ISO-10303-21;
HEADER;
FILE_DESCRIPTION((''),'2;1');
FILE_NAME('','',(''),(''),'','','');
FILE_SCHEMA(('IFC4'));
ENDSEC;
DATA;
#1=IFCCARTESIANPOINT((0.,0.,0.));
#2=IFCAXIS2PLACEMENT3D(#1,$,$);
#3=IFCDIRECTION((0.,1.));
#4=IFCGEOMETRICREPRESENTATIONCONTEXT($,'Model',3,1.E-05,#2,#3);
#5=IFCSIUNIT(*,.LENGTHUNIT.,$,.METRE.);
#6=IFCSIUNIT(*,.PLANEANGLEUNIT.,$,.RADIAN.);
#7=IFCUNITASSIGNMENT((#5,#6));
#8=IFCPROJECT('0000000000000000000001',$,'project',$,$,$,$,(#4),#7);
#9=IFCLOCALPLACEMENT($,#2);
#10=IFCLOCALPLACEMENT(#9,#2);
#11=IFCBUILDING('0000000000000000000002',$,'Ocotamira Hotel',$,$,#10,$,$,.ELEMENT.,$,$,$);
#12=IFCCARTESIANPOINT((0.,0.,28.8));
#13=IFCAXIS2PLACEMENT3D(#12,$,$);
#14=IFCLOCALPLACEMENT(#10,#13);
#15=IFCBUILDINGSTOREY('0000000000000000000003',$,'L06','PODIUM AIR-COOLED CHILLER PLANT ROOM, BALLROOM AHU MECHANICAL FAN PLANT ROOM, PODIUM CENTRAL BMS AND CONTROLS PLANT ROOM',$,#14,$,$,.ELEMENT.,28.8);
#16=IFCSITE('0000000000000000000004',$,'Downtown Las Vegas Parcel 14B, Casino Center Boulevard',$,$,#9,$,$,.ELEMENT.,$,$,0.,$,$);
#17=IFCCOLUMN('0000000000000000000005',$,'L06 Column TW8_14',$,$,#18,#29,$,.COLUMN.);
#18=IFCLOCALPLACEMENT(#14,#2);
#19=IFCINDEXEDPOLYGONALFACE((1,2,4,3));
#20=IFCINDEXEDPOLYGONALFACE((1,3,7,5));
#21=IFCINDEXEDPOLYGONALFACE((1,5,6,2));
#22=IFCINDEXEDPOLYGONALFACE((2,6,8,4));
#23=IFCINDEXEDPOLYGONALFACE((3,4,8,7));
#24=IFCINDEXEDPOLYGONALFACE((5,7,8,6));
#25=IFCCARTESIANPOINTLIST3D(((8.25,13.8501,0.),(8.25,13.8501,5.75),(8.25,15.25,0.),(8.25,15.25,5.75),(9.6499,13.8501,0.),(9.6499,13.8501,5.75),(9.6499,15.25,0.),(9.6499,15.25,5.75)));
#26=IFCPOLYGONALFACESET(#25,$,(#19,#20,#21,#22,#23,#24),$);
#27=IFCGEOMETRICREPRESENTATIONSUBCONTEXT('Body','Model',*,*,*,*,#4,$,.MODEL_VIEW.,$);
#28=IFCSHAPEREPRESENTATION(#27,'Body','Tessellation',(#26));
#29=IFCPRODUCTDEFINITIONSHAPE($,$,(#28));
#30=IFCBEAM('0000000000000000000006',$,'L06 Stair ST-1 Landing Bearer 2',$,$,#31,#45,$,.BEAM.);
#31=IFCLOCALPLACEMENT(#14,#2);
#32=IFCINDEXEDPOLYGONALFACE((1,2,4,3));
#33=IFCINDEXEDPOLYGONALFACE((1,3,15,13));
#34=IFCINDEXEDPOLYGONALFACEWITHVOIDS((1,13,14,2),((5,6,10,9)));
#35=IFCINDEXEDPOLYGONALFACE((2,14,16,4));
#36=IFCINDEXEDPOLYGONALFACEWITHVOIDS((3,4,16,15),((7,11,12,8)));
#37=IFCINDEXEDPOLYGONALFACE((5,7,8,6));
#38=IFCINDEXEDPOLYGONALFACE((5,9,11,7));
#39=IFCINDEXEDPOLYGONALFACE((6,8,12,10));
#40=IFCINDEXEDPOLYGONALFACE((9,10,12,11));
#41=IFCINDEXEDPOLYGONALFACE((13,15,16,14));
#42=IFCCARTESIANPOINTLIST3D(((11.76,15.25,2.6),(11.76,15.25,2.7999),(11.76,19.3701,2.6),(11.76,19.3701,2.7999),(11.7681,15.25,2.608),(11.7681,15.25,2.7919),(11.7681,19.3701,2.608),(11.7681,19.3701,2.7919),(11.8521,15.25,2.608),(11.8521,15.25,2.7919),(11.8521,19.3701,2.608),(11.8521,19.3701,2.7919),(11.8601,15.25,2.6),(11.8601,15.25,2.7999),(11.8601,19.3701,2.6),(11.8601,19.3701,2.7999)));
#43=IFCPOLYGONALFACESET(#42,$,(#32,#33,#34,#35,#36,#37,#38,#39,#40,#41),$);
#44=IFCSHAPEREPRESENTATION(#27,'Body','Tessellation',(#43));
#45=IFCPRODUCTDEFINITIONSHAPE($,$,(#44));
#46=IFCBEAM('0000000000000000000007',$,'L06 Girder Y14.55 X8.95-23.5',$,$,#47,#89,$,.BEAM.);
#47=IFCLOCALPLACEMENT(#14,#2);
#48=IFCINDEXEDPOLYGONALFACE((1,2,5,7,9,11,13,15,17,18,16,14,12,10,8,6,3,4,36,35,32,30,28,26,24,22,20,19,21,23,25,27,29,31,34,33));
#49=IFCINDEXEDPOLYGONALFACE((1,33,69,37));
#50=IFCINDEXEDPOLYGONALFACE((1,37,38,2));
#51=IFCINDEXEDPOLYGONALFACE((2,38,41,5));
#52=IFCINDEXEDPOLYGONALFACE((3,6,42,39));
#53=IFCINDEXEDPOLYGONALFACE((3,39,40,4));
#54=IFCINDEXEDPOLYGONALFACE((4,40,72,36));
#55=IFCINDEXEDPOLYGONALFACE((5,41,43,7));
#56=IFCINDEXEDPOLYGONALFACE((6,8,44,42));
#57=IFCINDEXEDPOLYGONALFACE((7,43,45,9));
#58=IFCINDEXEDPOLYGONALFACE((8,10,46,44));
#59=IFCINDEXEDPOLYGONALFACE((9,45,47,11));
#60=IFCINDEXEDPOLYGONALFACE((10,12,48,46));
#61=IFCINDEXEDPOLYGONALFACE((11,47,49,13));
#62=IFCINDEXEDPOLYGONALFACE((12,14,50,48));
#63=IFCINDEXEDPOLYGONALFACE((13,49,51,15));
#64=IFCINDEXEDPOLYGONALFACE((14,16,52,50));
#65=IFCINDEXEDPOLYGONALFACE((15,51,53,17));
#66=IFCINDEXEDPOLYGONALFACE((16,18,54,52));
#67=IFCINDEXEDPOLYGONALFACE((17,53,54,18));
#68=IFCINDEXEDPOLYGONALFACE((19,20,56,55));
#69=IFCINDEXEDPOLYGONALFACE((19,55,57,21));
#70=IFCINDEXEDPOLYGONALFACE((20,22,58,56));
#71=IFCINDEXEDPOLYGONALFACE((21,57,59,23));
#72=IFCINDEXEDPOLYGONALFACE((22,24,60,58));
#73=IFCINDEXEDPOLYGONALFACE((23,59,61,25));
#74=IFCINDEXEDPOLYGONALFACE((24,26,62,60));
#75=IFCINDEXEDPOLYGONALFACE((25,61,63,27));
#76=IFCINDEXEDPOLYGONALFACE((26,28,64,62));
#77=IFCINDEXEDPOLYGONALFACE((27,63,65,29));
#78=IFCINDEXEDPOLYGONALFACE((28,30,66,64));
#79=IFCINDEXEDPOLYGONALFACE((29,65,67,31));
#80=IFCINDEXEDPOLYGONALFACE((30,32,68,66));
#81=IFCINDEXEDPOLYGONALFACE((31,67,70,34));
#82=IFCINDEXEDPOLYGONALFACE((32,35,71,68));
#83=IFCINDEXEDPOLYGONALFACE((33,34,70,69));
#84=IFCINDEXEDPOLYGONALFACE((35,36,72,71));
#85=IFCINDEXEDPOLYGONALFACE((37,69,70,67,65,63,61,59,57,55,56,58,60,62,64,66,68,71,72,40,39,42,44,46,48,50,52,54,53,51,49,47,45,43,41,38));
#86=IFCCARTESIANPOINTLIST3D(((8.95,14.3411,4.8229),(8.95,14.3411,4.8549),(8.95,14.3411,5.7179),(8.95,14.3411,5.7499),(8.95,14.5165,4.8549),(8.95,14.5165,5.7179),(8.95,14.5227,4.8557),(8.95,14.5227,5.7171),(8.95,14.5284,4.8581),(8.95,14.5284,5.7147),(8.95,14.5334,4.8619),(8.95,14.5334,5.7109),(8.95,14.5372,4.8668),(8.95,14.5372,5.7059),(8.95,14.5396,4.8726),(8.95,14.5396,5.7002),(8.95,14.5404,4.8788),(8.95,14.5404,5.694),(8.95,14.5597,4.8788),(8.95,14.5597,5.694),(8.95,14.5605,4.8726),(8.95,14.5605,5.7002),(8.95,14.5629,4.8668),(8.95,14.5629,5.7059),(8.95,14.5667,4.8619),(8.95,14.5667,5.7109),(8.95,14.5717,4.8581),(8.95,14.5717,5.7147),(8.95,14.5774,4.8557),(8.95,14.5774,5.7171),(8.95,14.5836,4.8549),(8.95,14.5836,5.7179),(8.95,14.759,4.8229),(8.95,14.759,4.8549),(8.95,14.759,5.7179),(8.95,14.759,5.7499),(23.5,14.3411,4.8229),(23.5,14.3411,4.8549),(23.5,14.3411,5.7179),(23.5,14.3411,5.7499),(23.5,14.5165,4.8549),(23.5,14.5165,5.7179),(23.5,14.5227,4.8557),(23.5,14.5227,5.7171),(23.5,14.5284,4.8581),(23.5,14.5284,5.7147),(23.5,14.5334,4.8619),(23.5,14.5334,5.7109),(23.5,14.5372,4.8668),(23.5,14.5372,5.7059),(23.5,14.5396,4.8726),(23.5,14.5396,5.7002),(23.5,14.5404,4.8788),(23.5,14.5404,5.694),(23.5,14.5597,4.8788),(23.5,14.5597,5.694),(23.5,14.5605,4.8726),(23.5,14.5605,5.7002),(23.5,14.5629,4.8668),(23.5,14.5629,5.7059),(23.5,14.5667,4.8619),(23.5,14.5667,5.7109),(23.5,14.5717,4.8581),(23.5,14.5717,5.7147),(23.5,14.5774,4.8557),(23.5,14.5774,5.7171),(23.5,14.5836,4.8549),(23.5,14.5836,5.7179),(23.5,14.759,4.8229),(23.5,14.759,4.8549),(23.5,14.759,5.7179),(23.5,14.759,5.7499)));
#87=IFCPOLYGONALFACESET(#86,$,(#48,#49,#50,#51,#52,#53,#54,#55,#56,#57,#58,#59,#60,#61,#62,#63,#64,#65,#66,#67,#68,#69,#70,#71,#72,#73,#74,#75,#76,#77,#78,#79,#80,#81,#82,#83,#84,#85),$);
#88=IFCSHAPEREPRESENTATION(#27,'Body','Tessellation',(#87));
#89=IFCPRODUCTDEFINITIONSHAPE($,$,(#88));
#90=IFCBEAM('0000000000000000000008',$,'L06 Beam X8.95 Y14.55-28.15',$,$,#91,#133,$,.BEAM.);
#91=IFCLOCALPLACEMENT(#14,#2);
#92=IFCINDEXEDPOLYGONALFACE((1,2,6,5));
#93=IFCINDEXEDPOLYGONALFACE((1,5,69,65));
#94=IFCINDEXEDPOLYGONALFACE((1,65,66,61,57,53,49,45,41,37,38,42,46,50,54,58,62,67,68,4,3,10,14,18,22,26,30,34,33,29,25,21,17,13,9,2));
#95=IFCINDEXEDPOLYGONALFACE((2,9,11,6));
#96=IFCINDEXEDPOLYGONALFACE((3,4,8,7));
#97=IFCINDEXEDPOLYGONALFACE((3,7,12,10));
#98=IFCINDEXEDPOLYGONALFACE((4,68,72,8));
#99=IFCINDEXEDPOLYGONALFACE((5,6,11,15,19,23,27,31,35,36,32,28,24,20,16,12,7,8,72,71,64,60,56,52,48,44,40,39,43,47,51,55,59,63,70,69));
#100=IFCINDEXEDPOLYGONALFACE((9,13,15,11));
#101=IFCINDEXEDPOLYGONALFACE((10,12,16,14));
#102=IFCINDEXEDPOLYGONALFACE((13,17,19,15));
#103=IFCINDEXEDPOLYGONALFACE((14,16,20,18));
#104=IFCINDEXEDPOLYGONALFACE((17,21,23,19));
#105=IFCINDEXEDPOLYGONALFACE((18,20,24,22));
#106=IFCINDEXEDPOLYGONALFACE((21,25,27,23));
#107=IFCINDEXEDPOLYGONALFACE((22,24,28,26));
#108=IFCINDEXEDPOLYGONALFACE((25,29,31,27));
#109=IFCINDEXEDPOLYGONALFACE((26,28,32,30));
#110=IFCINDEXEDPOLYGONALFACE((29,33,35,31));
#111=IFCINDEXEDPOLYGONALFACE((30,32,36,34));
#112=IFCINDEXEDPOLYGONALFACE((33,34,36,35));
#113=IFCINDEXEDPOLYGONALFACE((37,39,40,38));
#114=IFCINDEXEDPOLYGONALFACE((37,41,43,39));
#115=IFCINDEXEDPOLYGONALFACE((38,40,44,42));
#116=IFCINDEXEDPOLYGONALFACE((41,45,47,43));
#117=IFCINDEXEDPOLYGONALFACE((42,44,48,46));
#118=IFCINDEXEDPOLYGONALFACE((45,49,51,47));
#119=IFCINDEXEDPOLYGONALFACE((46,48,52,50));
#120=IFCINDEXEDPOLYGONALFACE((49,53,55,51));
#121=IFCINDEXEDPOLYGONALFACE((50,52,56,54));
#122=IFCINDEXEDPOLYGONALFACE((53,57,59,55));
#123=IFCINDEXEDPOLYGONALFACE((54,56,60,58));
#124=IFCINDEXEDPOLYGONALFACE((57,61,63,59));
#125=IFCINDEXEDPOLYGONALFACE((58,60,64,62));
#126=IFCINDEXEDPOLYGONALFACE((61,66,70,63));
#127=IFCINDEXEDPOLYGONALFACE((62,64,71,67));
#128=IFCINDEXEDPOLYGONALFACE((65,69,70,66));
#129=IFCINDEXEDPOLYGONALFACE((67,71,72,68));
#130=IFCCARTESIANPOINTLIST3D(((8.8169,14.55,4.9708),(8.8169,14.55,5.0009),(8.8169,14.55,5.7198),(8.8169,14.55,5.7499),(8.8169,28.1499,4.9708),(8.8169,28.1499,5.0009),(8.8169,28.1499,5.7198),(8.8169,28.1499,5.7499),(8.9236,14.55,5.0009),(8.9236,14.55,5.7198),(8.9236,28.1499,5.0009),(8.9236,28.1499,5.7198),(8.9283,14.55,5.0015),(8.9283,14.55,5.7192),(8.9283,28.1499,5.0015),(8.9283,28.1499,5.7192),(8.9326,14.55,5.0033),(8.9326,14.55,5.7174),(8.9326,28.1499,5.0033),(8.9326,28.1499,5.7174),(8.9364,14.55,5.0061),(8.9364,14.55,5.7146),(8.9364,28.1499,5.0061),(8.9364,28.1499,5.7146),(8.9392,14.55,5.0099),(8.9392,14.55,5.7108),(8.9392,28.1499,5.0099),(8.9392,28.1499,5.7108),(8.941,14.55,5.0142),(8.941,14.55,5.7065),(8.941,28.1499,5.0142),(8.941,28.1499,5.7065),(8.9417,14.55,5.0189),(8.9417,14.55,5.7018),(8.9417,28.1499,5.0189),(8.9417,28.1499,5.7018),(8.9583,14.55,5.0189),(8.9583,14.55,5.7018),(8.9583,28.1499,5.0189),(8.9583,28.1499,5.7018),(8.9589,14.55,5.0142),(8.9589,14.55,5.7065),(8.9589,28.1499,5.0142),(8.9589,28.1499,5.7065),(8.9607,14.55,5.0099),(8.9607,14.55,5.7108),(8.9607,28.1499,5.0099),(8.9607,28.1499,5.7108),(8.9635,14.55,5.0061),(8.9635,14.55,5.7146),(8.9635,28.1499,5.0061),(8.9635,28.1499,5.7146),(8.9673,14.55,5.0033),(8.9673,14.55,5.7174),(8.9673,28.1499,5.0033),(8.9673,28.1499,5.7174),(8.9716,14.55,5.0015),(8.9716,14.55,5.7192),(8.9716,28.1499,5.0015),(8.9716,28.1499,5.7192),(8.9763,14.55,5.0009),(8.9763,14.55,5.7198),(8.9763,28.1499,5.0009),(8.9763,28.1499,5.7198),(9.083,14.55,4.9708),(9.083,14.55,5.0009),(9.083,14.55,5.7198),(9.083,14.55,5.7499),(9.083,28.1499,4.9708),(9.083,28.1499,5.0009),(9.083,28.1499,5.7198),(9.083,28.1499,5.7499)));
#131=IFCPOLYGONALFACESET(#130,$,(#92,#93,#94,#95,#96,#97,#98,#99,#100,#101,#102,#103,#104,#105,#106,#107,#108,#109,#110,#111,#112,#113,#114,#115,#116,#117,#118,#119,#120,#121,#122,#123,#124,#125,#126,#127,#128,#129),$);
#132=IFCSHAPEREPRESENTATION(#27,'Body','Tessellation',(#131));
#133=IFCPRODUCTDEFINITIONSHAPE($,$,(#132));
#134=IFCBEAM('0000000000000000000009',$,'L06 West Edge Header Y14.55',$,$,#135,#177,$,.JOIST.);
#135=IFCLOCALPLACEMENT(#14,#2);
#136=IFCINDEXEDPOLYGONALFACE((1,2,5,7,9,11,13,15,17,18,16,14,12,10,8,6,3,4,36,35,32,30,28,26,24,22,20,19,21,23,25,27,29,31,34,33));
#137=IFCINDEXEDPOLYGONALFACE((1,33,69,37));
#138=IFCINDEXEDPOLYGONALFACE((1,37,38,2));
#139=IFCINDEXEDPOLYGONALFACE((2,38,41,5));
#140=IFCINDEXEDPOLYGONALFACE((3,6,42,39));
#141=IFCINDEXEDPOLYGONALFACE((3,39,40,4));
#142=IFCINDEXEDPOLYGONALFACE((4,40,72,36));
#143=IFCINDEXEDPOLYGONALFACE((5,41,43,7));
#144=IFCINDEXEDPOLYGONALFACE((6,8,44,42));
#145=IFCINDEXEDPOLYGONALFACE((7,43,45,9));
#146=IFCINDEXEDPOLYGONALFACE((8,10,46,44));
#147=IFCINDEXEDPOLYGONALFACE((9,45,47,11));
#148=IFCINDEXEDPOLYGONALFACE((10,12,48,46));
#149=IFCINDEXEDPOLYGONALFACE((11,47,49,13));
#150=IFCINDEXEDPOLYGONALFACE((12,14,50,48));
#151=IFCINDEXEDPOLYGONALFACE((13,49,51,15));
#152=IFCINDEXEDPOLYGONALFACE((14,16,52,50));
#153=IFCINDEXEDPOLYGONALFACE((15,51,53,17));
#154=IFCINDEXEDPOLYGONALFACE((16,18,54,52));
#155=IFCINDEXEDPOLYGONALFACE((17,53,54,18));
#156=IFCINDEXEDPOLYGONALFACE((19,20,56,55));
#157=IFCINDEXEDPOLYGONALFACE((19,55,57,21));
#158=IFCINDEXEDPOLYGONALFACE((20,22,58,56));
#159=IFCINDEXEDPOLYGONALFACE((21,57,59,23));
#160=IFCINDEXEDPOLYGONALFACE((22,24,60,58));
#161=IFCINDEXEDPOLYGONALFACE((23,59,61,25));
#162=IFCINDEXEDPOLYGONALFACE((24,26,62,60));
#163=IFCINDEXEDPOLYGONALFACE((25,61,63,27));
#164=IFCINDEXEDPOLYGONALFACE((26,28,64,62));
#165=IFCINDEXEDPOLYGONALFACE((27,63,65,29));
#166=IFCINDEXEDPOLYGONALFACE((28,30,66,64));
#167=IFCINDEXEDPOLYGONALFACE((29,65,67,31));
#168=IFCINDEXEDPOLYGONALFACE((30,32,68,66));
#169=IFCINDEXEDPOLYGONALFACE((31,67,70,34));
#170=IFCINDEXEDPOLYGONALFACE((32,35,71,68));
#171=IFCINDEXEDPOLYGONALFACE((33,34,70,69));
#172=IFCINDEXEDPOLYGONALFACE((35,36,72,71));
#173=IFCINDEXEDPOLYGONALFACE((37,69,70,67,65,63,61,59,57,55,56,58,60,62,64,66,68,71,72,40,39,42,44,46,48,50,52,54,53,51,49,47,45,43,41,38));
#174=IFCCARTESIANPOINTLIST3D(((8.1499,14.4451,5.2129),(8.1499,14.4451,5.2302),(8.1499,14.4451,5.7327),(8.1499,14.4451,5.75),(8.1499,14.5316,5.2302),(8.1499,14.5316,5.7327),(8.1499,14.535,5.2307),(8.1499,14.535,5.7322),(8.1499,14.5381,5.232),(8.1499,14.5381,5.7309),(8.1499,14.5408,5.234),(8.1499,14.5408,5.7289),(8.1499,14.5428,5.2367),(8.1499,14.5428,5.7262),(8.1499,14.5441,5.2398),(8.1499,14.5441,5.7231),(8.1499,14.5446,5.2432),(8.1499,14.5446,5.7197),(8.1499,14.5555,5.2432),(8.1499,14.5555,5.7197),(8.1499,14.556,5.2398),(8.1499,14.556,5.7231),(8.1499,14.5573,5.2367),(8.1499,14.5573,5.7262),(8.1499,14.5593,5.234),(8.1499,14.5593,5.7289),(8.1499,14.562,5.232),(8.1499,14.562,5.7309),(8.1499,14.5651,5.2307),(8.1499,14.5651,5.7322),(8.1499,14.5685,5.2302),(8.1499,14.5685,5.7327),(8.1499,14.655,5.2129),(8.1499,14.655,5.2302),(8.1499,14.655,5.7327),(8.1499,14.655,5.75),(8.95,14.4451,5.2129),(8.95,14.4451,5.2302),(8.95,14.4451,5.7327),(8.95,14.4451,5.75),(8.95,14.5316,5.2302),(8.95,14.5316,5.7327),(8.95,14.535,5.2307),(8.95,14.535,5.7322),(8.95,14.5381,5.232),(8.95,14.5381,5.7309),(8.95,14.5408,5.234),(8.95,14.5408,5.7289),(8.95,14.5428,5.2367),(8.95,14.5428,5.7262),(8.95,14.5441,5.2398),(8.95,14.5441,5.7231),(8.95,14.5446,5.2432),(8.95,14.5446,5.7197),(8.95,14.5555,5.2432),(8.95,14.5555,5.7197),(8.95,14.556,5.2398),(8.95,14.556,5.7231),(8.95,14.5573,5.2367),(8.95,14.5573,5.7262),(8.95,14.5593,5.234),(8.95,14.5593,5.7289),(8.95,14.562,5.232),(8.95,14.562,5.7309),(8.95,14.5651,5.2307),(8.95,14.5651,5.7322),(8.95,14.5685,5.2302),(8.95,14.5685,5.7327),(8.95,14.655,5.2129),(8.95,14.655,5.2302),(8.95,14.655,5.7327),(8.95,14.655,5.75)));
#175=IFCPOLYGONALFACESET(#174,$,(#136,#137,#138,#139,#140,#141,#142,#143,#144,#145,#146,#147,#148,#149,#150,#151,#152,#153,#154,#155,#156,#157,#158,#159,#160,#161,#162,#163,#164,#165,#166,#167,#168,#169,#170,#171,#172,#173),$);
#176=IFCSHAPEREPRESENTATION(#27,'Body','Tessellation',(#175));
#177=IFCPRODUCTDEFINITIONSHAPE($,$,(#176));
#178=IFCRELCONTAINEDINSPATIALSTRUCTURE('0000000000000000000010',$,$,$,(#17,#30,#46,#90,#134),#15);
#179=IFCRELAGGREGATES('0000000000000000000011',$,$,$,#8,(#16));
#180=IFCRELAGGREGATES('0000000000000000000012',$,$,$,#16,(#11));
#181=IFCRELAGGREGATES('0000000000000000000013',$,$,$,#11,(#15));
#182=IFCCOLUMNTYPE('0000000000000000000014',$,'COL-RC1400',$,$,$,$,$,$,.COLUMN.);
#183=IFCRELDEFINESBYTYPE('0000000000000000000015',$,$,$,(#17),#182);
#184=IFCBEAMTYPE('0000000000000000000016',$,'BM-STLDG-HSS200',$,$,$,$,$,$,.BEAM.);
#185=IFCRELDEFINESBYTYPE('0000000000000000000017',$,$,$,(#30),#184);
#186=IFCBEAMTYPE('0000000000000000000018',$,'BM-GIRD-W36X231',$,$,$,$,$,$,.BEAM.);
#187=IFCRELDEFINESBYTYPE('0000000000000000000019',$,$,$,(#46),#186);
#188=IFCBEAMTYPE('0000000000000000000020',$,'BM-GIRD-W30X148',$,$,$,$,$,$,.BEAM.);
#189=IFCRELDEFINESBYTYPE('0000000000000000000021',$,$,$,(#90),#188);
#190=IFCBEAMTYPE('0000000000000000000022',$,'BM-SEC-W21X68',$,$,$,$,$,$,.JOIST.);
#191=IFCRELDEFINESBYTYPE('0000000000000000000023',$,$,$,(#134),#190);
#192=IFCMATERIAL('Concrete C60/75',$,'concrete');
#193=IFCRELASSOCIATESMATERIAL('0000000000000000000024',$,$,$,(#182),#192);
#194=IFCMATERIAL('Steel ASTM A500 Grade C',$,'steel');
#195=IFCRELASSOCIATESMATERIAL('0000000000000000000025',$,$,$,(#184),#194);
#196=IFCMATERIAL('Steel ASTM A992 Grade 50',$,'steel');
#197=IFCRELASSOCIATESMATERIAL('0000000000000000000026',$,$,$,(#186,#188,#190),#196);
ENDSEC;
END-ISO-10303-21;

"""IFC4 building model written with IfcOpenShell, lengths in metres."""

from ifc_helpers import new_model, si_unit, direction, frame, origin, origin_2d, place, context, subcontext, project, spatial, rectangle, hollow_rectangle, i_section, extrude, source, transform, mapped, material, material_profile, profile_set, type_object, element, save


model = new_model("IFC4")

# Units and contexts
model_context = context("Model", 3, precision=1e-05, world=origin(), true_north=direction((0.0, 1.0)))
body_context = subcontext(model_context, "Body", "Model", "MODEL_VIEW")
ifc_project = project(units=[si_unit("LENGTHUNIT", "METRE"), si_unit("PLANEANGLEUNIT", "RADIAN")], contexts=[model_context])

# Site, building, storey
site_placement = place(None, origin())
site = spatial("IfcSite", under=ifc_project, at=site_placement, Name="Downtown Las Vegas Parcel 14B, Casino Center Boulevard", CompositionType="ELEMENT", RefElevation=0.0)
building_placement = place(site_placement, origin())
building = spatial("IfcBuilding", under=site, at=building_placement, Name="Ocotamira Hotel", CompositionType="ELEMENT")
storey_placement = place(building_placement, frame((0.0, 0.0, 28.8)))
storey = spatial("IfcBuildingStorey", under=building, at=storey_placement, Name="L06", Description="PODIUM AIR-COOLED CHILLER PLANT ROOM, BALLROOM AHU MECHANICAL FAN PLANT ROOM, PODIUM CENTRAL BMS AND CONTROLS PLANT ROOM", CompositionType="ELEMENT", Elevation=28.8)

# Column
ifc_material_1 = material(Name="Concrete C60/75", Category="concrete")
ifc_material_profile_1 = material_profile(ifc_material_1, rectangle(XDim=1.3999, YDim=1.3999, at=origin_2d()), Name="RC1400X1400")
ifc_profile_set_1 = profile_set([ifc_material_profile_1], Name="Concrete C60/75")
column_type = type_object("IfcColumnType", Name="COL-RC1400", PredefinedType="COLUMN", material=ifc_profile_set_1)
shared_shape_1 = source(origin(), body_context, "Body", "SweptSolid", [
    extrude(rectangle(XDim=1.3999, YDim=1.3999, at=origin_2d()), origin(), (0.0, 0.0, 1.0), 5.75),
])
column_placement = place(storey_placement, frame((8.95, 14.55, 0.0), z_axis=(0.0, 0.0, 1.0), x_axis=(1.0, 0.0, 0.0)))
element("IfcColumn", 1, at=column_placement, inside=storey, type_object=column_type, Name="L06 Column TW8_14", PredefinedType="COLUMN", context=body_context, shape_type="MappedRepresentation", body=[
    mapped(shared_shape_1, transform((0.0, 0.0, 0.0), scale=1.0)),
])

# Beams
ifc_material_2 = material(Name="Steel ASTM A500 Grade C", Category="steel")
ifc_material_profile_2 = material_profile(ifc_material_2, hollow_rectangle(XDim=0.1001, YDim=0.2, WallThickness=0.0081, at=origin_2d()), Name="HSS200X100X8")
ifc_profile_set_2 = profile_set([ifc_material_profile_2], Name="Steel ASTM A500 Grade C")
beam_type_1 = type_object("IfcBeamType", Name="BM-STLDG-HSS200", PredefinedType="BEAM", material=ifc_profile_set_2)
shared_shape_2 = source(origin(), body_context, "Body", "SweptSolid", [
    extrude(hollow_rectangle(XDim=0.1001, YDim=0.2, WallThickness=0.0081, at=origin_2d()), origin(), (0.0, 0.0, 1.0), 4.1201),
])
beam_1_placement = place(storey_placement, frame((11.8101, 15.25, 2.7), z_axis=(0.0, 1.0, 0.0), x_axis=(-1.0, 0.0, 0.0)))
element("IfcBeam", 2, at=beam_1_placement, inside=storey, type_object=beam_type_1, Name="L06 Stair ST-1 Landing Bearer 2", PredefinedType="BEAM", context=body_context, shape_type="MappedRepresentation", body=[
    mapped(shared_shape_2, transform((0.0, 0.0, 0.0), scale=1.0)),
])
ifc_material_3 = material(Name="Steel ASTM A992 Grade 50", Category="steel")
ifc_material_profile_3 = material_profile(ifc_material_3, i_section(OverallWidth=0.418, OverallDepth=0.927, WebThickness=0.0193, FlangeThickness=0.032, FilletRadius=0.0239, at=origin_2d()), Name="W36X231")
ifc_profile_set_3 = profile_set([ifc_material_profile_3], Name="Steel ASTM A992 Grade 50")
beam_type_2 = type_object("IfcBeamType", Name="BM-GIRD-W36X231", PredefinedType="BEAM", material=ifc_profile_set_3)
shared_shape_3 = source(origin(), body_context, "Body", "SweptSolid", [
    extrude(i_section(OverallWidth=0.418, OverallDepth=0.927, WebThickness=0.0193, FlangeThickness=0.032, FilletRadius=0.0239, at=origin_2d()), origin(), (0.0, 0.0, 1.0), 14.55),
])
beam_2_placement = place(storey_placement, frame((8.95, 14.55, 5.2864), z_axis=(1.0, 0.0, 0.0), x_axis=(0.0, 1.0, 0.0)))
element("IfcBeam", 3, at=beam_2_placement, inside=storey, type_object=beam_type_2, Name="L06 Girder Y14.55 X8.95-23.5", PredefinedType="BEAM", context=body_context, shape_type="MappedRepresentation", body=[
    mapped(shared_shape_3, transform((0.0, 0.0, 0.0), scale=1.0)),
])
ifc_material_profile_4 = material_profile(ifc_material_3, i_section(OverallWidth=0.2661, OverallDepth=0.7791, WebThickness=0.0166, FlangeThickness=0.03, FilletRadius=0.0181, at=origin_2d()), Name="W30X148")
ifc_profile_set_4 = profile_set([ifc_material_profile_4], Name="Steel ASTM A992 Grade 50")
beam_type_3 = type_object("IfcBeamType", Name="BM-GIRD-W30X148", PredefinedType="BEAM", material=ifc_profile_set_4)
shared_shape_4 = source(origin(), body_context, "Body", "SweptSolid", [
    extrude(i_section(OverallWidth=0.2661, OverallDepth=0.7791, WebThickness=0.0166, FlangeThickness=0.03, FilletRadius=0.0181, at=origin_2d()), origin(), (0.0, 0.0, 1.0), 13.5999),
])
beam_3_placement = place(storey_placement, frame((8.95, 14.55, 5.3604), z_axis=(0.0, 1.0, 0.0), x_axis=(-1.0, 0.0, 0.0)))
element("IfcBeam", 4, at=beam_3_placement, inside=storey, type_object=beam_type_3, Name="L06 Beam X8.95 Y14.55-28.15", PredefinedType="BEAM", context=body_context, shape_type="MappedRepresentation", body=[
    mapped(shared_shape_4, transform((0.0, 0.0, 0.0), scale=1.0)),
])
ifc_material_profile_5 = material_profile(ifc_material_3, i_section(OverallWidth=0.21, OverallDepth=0.5371, WebThickness=0.011, FlangeThickness=0.0173, FilletRadius=0.0129, at=origin_2d()), Name="W21X68")
ifc_profile_set_5 = profile_set([ifc_material_profile_5], Name="Steel ASTM A992 Grade 50")
beam_type_4 = type_object("IfcBeamType", Name="BM-SEC-W21X68", PredefinedType="JOIST", material=ifc_profile_set_5)
shared_shape_5 = source(origin(), body_context, "Body", "SweptSolid", [
    extrude(i_section(OverallWidth=0.21, OverallDepth=0.5371, WebThickness=0.011, FlangeThickness=0.0173, FilletRadius=0.0129, at=origin_2d()), origin(), (0.0, 0.0, 1.0), 0.8),
])
beam_4_placement = place(storey_placement, frame((8.95, 14.55, 5.4814), z_axis=(-1.0, 0.0, 0.0), x_axis=(0.0, -1.0, 0.0)))
element("IfcBeam", 5, at=beam_4_placement, inside=storey, type_object=beam_type_4, Name="L06 West Edge Header Y14.55", PredefinedType="JOIST", context=body_context, shape_type="MappedRepresentation", body=[
    mapped(shared_shape_5, transform((0.0, 0.0, 0.0), scale=1.0)),
])

save(model, "model.ifc")
